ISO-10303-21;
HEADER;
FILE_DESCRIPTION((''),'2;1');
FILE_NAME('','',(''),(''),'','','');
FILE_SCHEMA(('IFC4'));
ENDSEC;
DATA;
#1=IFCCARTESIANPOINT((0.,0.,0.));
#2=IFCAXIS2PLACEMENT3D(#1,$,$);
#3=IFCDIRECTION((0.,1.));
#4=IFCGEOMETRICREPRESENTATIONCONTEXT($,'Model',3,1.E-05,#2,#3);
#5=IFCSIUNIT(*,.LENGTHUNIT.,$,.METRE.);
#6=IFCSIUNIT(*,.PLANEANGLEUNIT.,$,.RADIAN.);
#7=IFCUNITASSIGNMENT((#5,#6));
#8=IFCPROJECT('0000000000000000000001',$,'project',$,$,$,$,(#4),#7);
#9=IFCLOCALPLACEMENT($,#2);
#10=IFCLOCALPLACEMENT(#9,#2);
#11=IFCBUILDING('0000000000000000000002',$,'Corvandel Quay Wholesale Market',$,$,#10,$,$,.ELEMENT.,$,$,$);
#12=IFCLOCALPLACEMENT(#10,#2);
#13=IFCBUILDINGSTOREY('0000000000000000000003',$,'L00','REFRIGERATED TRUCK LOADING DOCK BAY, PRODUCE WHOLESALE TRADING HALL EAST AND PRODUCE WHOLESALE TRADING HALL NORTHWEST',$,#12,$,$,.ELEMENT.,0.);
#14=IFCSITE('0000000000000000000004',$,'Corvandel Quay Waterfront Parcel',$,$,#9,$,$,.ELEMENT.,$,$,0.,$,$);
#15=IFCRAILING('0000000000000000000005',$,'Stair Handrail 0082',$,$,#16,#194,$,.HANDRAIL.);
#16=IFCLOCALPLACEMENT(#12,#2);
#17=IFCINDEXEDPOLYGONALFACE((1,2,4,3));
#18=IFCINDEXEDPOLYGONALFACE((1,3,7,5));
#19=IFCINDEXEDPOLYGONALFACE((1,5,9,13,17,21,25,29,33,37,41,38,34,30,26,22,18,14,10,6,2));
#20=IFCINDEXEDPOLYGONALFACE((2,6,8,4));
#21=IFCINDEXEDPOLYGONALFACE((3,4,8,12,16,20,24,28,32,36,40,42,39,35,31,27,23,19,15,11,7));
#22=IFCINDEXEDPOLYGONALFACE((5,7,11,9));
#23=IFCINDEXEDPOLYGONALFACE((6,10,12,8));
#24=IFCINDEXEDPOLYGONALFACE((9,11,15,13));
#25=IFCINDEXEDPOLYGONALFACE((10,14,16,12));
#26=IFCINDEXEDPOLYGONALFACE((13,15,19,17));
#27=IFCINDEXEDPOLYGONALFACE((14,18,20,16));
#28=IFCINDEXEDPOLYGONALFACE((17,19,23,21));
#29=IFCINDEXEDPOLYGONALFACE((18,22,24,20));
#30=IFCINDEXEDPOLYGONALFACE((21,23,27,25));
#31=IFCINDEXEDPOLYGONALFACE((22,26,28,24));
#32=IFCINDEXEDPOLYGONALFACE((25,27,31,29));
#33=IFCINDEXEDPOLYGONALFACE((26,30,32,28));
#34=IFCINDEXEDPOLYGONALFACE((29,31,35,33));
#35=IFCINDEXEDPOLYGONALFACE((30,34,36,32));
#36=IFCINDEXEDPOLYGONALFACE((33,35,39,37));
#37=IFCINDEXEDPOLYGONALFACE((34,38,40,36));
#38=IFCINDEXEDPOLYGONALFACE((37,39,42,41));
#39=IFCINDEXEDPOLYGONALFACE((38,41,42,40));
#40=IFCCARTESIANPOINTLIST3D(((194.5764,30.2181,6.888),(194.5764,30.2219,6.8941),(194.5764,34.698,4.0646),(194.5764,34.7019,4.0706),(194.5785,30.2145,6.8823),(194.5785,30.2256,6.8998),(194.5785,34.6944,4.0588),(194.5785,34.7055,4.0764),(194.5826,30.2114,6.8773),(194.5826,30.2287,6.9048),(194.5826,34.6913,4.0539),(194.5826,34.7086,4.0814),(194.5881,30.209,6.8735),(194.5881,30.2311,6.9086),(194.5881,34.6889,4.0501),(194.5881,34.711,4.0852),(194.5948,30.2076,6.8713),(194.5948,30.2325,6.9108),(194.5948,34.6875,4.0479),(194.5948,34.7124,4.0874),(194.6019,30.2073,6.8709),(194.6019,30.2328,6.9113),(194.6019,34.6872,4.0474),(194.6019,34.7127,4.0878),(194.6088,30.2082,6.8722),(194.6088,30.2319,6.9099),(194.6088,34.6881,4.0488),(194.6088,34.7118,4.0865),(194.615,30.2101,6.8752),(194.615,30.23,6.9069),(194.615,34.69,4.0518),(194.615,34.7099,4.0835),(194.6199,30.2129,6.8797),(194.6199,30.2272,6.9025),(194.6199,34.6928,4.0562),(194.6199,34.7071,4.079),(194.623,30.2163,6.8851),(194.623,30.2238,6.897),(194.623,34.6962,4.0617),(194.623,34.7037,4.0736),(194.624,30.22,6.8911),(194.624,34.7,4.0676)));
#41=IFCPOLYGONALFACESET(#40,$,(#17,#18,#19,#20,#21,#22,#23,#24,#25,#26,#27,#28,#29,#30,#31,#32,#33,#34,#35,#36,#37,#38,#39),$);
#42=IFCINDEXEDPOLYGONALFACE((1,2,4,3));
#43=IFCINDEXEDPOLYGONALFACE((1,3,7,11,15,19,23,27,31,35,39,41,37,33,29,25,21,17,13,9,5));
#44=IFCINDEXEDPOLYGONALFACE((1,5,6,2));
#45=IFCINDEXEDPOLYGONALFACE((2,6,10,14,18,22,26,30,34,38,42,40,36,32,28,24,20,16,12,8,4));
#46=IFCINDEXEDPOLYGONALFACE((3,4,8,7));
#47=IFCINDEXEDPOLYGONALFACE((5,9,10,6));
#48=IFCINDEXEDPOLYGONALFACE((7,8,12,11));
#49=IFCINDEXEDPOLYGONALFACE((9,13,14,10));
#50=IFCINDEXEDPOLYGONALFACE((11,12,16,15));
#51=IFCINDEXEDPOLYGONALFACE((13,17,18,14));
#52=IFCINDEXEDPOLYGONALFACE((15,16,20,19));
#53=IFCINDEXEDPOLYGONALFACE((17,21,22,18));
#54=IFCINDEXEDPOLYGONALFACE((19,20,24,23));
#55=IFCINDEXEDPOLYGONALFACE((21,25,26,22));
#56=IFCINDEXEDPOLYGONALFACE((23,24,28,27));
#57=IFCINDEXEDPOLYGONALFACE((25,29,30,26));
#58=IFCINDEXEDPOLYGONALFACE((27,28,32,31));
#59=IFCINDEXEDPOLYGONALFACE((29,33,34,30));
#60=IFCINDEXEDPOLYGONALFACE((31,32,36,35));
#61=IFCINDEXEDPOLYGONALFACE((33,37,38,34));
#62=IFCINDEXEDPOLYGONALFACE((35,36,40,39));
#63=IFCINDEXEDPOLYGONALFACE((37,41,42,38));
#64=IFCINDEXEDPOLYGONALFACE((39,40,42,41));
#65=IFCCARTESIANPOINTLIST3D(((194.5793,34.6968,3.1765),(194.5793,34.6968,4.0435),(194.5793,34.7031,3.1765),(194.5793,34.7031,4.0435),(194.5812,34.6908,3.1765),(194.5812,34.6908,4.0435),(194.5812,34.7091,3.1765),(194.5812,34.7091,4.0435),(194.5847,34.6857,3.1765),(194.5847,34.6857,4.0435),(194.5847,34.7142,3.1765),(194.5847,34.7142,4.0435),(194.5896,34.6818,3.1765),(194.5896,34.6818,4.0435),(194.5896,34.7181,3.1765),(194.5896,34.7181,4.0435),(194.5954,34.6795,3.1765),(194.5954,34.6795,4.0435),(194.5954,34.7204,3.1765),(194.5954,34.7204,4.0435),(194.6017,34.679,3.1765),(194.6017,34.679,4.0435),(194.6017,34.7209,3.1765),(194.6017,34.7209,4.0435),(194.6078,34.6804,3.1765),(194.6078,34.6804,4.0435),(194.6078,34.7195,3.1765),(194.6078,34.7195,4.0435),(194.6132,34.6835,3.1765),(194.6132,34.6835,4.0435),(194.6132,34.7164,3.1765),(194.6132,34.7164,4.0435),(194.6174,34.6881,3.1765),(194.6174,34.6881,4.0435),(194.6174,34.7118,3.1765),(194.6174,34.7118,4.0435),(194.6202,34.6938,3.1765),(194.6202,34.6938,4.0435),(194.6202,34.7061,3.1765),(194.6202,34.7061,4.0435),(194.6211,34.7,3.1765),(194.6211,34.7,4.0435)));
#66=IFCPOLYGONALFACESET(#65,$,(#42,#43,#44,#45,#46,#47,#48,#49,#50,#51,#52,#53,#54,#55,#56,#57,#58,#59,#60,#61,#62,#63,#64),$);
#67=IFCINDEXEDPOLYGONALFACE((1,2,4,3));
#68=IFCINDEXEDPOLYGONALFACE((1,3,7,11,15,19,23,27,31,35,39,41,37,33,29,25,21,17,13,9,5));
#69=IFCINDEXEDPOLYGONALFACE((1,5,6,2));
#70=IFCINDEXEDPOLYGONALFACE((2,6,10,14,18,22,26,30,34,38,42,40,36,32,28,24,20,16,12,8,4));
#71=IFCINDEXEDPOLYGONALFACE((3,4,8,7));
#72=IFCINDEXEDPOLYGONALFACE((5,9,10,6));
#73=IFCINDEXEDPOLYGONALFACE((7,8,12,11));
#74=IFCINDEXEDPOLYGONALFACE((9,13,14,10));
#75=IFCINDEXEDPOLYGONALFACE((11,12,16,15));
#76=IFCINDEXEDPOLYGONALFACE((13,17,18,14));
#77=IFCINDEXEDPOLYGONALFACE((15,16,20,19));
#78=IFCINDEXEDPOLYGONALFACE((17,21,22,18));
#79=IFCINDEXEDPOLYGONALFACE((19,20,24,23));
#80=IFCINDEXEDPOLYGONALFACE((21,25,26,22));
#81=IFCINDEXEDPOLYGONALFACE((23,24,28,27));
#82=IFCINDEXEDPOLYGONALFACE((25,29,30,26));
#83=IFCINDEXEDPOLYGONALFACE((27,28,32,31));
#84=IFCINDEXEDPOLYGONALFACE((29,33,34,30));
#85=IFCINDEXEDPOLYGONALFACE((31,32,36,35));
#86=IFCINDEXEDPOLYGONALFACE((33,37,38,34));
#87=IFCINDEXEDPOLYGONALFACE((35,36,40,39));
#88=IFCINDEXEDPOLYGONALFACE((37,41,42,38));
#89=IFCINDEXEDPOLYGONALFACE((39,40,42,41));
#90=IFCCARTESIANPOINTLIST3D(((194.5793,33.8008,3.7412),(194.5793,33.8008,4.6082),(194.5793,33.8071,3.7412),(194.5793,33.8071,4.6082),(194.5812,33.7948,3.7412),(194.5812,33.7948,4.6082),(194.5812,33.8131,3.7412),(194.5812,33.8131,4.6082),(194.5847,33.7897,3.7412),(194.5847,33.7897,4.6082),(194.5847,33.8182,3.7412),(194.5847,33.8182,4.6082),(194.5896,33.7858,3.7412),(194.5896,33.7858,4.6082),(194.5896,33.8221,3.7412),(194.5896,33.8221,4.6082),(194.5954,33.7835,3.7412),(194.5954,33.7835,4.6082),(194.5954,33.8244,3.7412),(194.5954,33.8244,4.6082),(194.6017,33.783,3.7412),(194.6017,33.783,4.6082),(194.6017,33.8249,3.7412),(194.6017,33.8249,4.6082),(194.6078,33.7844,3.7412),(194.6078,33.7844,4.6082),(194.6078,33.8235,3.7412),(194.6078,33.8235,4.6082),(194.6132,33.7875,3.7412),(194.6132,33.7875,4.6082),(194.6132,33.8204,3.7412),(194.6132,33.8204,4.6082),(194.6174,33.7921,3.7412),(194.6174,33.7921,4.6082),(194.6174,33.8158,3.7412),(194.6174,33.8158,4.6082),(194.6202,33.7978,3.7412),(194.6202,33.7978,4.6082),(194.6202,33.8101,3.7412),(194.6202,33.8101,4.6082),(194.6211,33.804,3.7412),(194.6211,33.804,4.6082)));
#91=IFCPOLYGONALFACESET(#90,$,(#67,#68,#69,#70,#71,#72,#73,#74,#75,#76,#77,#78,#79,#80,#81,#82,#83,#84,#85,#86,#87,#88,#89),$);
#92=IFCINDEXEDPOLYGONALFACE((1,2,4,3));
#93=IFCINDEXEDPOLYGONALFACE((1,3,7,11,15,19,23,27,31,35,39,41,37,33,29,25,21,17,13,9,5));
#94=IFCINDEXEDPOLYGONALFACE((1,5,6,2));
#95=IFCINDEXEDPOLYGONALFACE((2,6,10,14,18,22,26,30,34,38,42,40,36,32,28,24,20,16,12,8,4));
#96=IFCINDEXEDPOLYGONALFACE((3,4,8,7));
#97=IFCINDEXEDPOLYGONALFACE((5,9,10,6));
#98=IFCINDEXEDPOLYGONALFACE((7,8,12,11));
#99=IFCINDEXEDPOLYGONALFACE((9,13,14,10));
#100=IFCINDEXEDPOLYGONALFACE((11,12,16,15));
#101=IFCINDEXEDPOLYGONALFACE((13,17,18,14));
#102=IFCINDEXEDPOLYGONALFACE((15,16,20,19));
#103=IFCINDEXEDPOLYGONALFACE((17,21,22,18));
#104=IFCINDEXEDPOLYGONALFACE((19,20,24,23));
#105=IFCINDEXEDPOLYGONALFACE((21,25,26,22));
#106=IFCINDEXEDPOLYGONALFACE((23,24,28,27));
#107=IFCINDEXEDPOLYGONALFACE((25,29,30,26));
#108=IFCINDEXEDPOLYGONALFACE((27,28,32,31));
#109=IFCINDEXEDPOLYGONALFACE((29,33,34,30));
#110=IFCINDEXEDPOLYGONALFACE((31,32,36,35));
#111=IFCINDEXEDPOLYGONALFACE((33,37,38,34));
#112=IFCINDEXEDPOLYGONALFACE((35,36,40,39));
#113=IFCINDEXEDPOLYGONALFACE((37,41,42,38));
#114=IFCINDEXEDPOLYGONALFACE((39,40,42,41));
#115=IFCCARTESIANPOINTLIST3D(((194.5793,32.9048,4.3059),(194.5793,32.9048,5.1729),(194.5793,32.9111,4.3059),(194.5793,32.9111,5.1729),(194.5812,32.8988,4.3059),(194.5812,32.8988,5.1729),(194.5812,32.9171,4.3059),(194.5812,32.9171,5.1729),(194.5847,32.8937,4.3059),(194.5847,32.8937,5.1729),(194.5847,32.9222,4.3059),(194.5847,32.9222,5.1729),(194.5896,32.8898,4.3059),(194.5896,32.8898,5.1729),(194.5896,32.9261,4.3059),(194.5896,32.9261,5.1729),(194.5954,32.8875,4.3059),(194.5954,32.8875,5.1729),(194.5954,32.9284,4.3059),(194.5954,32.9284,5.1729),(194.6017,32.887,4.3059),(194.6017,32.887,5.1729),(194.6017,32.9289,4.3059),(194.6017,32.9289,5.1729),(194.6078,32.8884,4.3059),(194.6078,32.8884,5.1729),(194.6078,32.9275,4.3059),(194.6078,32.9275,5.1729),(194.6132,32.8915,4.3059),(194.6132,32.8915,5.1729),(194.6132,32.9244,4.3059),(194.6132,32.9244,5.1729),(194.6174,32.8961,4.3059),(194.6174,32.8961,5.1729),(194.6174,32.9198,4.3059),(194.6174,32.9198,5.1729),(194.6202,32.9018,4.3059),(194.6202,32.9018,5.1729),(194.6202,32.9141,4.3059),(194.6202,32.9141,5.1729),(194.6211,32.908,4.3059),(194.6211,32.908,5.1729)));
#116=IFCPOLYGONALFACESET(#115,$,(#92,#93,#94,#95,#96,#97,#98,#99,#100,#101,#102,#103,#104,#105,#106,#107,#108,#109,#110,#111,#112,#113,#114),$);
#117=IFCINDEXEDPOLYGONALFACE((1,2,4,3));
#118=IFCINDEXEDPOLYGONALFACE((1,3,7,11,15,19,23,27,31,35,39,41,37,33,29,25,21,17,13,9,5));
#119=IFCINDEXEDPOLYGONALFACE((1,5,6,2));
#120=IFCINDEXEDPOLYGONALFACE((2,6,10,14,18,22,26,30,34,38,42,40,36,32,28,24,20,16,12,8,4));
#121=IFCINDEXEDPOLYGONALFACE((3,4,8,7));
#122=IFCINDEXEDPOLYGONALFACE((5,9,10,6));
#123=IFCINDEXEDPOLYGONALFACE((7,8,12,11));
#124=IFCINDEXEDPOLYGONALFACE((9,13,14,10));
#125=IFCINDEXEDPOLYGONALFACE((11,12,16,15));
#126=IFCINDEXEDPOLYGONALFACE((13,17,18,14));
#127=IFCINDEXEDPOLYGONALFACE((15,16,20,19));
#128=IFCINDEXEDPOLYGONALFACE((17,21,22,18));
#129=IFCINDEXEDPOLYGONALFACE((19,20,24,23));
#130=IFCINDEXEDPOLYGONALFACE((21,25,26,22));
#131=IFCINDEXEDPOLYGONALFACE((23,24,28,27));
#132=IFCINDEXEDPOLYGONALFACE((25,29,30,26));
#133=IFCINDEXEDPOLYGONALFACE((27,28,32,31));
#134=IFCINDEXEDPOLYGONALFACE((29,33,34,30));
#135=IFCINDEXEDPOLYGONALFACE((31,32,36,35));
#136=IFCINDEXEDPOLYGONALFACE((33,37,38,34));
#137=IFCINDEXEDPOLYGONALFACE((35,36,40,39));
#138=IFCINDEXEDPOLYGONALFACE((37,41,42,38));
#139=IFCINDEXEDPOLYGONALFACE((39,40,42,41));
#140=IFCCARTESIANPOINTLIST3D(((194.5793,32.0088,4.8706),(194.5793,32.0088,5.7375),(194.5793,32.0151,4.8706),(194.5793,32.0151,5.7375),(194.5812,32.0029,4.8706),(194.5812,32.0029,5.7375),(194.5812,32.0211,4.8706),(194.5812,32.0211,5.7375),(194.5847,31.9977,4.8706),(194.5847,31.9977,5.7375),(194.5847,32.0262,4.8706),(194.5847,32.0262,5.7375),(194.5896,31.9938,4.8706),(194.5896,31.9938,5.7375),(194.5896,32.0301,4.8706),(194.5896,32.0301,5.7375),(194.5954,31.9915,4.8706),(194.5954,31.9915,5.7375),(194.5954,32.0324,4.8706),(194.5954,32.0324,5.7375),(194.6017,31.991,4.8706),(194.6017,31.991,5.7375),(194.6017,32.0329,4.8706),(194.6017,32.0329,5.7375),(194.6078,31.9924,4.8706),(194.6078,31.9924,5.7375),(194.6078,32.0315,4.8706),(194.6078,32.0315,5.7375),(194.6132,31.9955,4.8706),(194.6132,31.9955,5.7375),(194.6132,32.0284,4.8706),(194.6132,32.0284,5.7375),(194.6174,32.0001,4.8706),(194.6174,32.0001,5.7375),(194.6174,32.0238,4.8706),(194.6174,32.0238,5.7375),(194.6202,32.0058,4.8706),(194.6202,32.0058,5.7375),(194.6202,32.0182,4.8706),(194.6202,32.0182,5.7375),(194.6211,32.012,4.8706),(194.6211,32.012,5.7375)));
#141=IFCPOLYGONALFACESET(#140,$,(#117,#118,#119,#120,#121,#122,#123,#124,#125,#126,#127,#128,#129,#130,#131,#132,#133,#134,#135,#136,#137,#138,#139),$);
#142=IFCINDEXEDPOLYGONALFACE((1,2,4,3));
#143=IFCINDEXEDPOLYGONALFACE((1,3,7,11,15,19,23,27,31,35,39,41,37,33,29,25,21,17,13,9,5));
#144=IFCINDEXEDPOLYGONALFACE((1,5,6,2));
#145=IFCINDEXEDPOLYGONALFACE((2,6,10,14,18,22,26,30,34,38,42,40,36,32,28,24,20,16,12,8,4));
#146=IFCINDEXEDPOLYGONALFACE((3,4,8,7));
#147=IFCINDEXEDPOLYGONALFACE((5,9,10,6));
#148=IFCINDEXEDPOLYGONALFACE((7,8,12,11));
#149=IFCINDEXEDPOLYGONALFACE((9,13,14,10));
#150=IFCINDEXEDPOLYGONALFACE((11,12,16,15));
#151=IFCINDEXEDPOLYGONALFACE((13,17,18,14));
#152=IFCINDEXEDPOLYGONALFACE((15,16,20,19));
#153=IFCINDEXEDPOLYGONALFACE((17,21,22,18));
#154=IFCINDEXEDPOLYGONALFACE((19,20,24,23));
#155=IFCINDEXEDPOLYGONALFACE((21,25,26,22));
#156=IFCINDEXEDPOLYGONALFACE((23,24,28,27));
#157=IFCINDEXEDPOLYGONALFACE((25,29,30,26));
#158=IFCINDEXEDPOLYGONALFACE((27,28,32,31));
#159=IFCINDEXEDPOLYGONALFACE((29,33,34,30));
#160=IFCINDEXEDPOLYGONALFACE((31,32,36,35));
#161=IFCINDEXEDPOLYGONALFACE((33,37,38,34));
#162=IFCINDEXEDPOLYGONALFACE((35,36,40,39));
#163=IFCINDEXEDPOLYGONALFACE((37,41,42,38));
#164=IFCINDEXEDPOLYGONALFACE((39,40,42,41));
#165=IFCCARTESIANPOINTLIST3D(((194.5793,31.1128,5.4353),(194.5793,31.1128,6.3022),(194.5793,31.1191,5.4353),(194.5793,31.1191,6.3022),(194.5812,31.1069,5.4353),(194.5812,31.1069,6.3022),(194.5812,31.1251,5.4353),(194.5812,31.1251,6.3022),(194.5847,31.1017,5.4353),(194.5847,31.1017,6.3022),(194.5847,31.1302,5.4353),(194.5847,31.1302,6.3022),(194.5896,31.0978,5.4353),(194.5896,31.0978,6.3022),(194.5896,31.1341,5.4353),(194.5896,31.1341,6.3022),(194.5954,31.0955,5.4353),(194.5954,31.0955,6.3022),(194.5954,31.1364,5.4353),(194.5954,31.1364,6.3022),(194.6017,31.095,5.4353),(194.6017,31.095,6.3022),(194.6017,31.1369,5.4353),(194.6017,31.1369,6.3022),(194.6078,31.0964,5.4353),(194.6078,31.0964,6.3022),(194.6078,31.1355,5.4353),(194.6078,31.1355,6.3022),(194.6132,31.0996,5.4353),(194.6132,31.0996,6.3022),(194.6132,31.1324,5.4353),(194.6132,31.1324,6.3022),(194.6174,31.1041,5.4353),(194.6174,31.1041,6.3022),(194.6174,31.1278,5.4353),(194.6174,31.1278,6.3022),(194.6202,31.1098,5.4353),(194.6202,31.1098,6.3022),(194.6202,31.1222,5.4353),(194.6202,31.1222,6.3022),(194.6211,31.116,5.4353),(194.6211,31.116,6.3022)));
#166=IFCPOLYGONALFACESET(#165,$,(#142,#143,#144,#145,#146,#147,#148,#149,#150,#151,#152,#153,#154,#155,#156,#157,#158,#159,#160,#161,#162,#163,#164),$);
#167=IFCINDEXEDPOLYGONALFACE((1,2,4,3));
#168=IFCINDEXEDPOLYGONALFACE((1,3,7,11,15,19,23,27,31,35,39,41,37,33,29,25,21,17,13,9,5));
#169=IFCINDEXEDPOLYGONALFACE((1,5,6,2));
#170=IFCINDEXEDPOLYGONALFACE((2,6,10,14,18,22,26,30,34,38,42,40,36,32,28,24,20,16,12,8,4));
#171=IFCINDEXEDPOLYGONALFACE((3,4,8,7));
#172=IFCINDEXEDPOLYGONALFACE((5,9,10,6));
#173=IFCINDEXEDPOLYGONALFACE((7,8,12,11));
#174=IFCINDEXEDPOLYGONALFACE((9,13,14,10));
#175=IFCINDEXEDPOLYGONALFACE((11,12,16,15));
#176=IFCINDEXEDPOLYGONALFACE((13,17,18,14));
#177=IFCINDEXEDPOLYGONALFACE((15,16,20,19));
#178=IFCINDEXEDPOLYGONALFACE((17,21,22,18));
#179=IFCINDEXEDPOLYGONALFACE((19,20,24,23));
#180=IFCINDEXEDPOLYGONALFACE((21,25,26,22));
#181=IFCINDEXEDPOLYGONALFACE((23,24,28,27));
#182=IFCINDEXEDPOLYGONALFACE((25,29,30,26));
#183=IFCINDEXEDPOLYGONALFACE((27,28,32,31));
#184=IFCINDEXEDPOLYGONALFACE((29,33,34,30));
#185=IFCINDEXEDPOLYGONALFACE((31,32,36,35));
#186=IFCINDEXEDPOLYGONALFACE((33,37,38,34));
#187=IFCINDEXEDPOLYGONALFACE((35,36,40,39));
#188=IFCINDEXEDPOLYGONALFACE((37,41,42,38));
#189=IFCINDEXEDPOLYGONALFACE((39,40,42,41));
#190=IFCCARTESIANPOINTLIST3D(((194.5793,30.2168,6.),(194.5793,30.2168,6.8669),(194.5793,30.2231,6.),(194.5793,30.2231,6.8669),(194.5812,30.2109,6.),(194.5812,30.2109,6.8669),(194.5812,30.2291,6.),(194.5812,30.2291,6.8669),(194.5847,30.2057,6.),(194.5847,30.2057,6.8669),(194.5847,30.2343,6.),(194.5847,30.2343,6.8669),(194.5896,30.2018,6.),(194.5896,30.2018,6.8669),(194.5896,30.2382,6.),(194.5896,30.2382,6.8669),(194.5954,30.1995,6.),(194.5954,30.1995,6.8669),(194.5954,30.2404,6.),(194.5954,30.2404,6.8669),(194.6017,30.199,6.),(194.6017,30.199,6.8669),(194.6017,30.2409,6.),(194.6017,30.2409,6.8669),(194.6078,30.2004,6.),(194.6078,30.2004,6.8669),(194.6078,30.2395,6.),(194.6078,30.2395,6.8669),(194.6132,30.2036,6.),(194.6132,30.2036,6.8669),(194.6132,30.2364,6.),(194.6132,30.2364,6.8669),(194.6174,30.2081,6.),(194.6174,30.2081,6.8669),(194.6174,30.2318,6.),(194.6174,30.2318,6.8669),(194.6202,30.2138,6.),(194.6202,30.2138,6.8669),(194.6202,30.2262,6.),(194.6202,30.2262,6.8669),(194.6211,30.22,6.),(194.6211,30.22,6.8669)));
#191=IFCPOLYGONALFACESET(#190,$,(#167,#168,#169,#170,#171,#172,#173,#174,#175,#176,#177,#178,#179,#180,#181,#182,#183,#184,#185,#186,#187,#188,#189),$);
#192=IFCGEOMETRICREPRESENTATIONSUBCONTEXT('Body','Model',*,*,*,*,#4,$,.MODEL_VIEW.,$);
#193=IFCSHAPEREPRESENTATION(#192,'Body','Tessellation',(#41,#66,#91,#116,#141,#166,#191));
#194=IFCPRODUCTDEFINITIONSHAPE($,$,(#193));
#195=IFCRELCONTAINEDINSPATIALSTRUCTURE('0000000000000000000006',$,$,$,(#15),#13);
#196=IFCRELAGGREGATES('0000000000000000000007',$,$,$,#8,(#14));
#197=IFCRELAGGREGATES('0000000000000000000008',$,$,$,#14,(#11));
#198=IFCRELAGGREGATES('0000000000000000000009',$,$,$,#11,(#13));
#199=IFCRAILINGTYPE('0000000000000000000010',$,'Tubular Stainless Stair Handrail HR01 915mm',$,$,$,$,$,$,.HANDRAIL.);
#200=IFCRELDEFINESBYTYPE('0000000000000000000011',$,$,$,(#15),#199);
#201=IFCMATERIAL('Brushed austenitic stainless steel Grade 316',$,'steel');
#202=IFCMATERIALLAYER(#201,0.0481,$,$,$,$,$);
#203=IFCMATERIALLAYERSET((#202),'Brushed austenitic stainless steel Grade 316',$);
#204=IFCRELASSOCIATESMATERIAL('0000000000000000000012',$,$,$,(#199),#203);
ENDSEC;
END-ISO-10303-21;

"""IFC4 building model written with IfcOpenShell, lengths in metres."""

from ifc_helpers import new_model, si_unit, direction, frame, origin, origin_2d, place, context, subcontext, project, spatial, circle, extrude, material, layer, layer_set, type_object, element, save


model = new_model("IFC4")

# Units and contexts
model_context = context("Model", 3, precision=1e-05, world=origin(), true_north=direction((0.0, 1.0)))
body_context = subcontext(model_context, "Body", "Model", "MODEL_VIEW")
ifc_project = project(units=[si_unit("LENGTHUNIT", "METRE"), si_unit("PLANEANGLEUNIT", "RADIAN")], contexts=[model_context])

# Site, building, storey
site_placement = place(None, origin())
site = spatial("IfcSite", under=ifc_project, at=site_placement, Name="Corvandel Quay Waterfront Parcel", CompositionType="ELEMENT", RefElevation=0.0)
building_placement = place(site_placement, origin())
building = spatial("IfcBuilding", under=site, at=building_placement, Name="Corvandel Quay Wholesale Market", CompositionType="ELEMENT")
storey_placement = place(building_placement, origin())
storey = spatial("IfcBuildingStorey", under=building, at=storey_placement, Name="L00", Description="REFRIGERATED TRUCK LOADING DOCK BAY, PRODUCE WHOLESALE TRADING HALL EAST AND PRODUCE WHOLESALE TRADING HALL NORTHWEST", CompositionType="ELEMENT", Elevation=0.0)

# Railing
ifc_material_1 = material(Name="Brushed austenitic stainless steel Grade 316", Category="steel")
ifc_layer_1 = layer(ifc_material_1, 0.0481)
ifc_layer_set_1 = layer_set([ifc_layer_1], Name="Brushed austenitic stainless steel Grade 316")
railing_type = type_object("IfcRailingType", Name="Tubular Stainless Stair Handrail HR01 915mm", PredefinedType="HANDRAIL", material=ifc_layer_set_1)
for number, where, name in (
    (1, (194.6001, 34.7, 3.1765), "Stair Handrail 0082"),
):
    element("IfcRailing", number, at=place(storey_placement, frame(where)), inside=storey, type_object=railing_type, Name=name, PredefinedType="HANDRAIL", context=body_context, shape_type="SweptSolid", body=[
        extrude(circle(Radius=0.0239, at=origin_2d()), frame((0.0, 0.0, 0.8911), z_axis=(0.0, -0.845998, 0.533186), x_axis=(1.0, 0.0, 0.0)), (0.0, 0.0, 1.0), 5.2954),
        extrude(circle(Radius=0.021, at=origin_2d()), origin(), (0.0, 0.0, 1.0), 0.8669),
        extrude(circle(Radius=0.021, at=origin_2d()), frame((0.0, -0.896, 0.5647)), (0.0, 0.0, 1.0), 0.8669),
        extrude(circle(Radius=0.021, at=origin_2d()), frame((0.0, -1.792, 1.1294)), (0.0, 0.0, 1.0), 0.8669),
        extrude(circle(Radius=0.021, at=origin_2d()), frame((0.0, -2.688, 1.6941)), (0.0, 0.0, 1.0), 0.8669),
        extrude(circle(Radius=0.021, at=origin_2d()), frame((0.0, -3.584, 2.2588)), (0.0, 0.0, 1.0), 0.8669),
        extrude(circle(Radius=0.021, at=origin_2d()), frame((0.0, -4.48, 2.8235)), (0.0, 0.0, 1.0), 0.8669),
    ])

save(model, "model.ifc")
